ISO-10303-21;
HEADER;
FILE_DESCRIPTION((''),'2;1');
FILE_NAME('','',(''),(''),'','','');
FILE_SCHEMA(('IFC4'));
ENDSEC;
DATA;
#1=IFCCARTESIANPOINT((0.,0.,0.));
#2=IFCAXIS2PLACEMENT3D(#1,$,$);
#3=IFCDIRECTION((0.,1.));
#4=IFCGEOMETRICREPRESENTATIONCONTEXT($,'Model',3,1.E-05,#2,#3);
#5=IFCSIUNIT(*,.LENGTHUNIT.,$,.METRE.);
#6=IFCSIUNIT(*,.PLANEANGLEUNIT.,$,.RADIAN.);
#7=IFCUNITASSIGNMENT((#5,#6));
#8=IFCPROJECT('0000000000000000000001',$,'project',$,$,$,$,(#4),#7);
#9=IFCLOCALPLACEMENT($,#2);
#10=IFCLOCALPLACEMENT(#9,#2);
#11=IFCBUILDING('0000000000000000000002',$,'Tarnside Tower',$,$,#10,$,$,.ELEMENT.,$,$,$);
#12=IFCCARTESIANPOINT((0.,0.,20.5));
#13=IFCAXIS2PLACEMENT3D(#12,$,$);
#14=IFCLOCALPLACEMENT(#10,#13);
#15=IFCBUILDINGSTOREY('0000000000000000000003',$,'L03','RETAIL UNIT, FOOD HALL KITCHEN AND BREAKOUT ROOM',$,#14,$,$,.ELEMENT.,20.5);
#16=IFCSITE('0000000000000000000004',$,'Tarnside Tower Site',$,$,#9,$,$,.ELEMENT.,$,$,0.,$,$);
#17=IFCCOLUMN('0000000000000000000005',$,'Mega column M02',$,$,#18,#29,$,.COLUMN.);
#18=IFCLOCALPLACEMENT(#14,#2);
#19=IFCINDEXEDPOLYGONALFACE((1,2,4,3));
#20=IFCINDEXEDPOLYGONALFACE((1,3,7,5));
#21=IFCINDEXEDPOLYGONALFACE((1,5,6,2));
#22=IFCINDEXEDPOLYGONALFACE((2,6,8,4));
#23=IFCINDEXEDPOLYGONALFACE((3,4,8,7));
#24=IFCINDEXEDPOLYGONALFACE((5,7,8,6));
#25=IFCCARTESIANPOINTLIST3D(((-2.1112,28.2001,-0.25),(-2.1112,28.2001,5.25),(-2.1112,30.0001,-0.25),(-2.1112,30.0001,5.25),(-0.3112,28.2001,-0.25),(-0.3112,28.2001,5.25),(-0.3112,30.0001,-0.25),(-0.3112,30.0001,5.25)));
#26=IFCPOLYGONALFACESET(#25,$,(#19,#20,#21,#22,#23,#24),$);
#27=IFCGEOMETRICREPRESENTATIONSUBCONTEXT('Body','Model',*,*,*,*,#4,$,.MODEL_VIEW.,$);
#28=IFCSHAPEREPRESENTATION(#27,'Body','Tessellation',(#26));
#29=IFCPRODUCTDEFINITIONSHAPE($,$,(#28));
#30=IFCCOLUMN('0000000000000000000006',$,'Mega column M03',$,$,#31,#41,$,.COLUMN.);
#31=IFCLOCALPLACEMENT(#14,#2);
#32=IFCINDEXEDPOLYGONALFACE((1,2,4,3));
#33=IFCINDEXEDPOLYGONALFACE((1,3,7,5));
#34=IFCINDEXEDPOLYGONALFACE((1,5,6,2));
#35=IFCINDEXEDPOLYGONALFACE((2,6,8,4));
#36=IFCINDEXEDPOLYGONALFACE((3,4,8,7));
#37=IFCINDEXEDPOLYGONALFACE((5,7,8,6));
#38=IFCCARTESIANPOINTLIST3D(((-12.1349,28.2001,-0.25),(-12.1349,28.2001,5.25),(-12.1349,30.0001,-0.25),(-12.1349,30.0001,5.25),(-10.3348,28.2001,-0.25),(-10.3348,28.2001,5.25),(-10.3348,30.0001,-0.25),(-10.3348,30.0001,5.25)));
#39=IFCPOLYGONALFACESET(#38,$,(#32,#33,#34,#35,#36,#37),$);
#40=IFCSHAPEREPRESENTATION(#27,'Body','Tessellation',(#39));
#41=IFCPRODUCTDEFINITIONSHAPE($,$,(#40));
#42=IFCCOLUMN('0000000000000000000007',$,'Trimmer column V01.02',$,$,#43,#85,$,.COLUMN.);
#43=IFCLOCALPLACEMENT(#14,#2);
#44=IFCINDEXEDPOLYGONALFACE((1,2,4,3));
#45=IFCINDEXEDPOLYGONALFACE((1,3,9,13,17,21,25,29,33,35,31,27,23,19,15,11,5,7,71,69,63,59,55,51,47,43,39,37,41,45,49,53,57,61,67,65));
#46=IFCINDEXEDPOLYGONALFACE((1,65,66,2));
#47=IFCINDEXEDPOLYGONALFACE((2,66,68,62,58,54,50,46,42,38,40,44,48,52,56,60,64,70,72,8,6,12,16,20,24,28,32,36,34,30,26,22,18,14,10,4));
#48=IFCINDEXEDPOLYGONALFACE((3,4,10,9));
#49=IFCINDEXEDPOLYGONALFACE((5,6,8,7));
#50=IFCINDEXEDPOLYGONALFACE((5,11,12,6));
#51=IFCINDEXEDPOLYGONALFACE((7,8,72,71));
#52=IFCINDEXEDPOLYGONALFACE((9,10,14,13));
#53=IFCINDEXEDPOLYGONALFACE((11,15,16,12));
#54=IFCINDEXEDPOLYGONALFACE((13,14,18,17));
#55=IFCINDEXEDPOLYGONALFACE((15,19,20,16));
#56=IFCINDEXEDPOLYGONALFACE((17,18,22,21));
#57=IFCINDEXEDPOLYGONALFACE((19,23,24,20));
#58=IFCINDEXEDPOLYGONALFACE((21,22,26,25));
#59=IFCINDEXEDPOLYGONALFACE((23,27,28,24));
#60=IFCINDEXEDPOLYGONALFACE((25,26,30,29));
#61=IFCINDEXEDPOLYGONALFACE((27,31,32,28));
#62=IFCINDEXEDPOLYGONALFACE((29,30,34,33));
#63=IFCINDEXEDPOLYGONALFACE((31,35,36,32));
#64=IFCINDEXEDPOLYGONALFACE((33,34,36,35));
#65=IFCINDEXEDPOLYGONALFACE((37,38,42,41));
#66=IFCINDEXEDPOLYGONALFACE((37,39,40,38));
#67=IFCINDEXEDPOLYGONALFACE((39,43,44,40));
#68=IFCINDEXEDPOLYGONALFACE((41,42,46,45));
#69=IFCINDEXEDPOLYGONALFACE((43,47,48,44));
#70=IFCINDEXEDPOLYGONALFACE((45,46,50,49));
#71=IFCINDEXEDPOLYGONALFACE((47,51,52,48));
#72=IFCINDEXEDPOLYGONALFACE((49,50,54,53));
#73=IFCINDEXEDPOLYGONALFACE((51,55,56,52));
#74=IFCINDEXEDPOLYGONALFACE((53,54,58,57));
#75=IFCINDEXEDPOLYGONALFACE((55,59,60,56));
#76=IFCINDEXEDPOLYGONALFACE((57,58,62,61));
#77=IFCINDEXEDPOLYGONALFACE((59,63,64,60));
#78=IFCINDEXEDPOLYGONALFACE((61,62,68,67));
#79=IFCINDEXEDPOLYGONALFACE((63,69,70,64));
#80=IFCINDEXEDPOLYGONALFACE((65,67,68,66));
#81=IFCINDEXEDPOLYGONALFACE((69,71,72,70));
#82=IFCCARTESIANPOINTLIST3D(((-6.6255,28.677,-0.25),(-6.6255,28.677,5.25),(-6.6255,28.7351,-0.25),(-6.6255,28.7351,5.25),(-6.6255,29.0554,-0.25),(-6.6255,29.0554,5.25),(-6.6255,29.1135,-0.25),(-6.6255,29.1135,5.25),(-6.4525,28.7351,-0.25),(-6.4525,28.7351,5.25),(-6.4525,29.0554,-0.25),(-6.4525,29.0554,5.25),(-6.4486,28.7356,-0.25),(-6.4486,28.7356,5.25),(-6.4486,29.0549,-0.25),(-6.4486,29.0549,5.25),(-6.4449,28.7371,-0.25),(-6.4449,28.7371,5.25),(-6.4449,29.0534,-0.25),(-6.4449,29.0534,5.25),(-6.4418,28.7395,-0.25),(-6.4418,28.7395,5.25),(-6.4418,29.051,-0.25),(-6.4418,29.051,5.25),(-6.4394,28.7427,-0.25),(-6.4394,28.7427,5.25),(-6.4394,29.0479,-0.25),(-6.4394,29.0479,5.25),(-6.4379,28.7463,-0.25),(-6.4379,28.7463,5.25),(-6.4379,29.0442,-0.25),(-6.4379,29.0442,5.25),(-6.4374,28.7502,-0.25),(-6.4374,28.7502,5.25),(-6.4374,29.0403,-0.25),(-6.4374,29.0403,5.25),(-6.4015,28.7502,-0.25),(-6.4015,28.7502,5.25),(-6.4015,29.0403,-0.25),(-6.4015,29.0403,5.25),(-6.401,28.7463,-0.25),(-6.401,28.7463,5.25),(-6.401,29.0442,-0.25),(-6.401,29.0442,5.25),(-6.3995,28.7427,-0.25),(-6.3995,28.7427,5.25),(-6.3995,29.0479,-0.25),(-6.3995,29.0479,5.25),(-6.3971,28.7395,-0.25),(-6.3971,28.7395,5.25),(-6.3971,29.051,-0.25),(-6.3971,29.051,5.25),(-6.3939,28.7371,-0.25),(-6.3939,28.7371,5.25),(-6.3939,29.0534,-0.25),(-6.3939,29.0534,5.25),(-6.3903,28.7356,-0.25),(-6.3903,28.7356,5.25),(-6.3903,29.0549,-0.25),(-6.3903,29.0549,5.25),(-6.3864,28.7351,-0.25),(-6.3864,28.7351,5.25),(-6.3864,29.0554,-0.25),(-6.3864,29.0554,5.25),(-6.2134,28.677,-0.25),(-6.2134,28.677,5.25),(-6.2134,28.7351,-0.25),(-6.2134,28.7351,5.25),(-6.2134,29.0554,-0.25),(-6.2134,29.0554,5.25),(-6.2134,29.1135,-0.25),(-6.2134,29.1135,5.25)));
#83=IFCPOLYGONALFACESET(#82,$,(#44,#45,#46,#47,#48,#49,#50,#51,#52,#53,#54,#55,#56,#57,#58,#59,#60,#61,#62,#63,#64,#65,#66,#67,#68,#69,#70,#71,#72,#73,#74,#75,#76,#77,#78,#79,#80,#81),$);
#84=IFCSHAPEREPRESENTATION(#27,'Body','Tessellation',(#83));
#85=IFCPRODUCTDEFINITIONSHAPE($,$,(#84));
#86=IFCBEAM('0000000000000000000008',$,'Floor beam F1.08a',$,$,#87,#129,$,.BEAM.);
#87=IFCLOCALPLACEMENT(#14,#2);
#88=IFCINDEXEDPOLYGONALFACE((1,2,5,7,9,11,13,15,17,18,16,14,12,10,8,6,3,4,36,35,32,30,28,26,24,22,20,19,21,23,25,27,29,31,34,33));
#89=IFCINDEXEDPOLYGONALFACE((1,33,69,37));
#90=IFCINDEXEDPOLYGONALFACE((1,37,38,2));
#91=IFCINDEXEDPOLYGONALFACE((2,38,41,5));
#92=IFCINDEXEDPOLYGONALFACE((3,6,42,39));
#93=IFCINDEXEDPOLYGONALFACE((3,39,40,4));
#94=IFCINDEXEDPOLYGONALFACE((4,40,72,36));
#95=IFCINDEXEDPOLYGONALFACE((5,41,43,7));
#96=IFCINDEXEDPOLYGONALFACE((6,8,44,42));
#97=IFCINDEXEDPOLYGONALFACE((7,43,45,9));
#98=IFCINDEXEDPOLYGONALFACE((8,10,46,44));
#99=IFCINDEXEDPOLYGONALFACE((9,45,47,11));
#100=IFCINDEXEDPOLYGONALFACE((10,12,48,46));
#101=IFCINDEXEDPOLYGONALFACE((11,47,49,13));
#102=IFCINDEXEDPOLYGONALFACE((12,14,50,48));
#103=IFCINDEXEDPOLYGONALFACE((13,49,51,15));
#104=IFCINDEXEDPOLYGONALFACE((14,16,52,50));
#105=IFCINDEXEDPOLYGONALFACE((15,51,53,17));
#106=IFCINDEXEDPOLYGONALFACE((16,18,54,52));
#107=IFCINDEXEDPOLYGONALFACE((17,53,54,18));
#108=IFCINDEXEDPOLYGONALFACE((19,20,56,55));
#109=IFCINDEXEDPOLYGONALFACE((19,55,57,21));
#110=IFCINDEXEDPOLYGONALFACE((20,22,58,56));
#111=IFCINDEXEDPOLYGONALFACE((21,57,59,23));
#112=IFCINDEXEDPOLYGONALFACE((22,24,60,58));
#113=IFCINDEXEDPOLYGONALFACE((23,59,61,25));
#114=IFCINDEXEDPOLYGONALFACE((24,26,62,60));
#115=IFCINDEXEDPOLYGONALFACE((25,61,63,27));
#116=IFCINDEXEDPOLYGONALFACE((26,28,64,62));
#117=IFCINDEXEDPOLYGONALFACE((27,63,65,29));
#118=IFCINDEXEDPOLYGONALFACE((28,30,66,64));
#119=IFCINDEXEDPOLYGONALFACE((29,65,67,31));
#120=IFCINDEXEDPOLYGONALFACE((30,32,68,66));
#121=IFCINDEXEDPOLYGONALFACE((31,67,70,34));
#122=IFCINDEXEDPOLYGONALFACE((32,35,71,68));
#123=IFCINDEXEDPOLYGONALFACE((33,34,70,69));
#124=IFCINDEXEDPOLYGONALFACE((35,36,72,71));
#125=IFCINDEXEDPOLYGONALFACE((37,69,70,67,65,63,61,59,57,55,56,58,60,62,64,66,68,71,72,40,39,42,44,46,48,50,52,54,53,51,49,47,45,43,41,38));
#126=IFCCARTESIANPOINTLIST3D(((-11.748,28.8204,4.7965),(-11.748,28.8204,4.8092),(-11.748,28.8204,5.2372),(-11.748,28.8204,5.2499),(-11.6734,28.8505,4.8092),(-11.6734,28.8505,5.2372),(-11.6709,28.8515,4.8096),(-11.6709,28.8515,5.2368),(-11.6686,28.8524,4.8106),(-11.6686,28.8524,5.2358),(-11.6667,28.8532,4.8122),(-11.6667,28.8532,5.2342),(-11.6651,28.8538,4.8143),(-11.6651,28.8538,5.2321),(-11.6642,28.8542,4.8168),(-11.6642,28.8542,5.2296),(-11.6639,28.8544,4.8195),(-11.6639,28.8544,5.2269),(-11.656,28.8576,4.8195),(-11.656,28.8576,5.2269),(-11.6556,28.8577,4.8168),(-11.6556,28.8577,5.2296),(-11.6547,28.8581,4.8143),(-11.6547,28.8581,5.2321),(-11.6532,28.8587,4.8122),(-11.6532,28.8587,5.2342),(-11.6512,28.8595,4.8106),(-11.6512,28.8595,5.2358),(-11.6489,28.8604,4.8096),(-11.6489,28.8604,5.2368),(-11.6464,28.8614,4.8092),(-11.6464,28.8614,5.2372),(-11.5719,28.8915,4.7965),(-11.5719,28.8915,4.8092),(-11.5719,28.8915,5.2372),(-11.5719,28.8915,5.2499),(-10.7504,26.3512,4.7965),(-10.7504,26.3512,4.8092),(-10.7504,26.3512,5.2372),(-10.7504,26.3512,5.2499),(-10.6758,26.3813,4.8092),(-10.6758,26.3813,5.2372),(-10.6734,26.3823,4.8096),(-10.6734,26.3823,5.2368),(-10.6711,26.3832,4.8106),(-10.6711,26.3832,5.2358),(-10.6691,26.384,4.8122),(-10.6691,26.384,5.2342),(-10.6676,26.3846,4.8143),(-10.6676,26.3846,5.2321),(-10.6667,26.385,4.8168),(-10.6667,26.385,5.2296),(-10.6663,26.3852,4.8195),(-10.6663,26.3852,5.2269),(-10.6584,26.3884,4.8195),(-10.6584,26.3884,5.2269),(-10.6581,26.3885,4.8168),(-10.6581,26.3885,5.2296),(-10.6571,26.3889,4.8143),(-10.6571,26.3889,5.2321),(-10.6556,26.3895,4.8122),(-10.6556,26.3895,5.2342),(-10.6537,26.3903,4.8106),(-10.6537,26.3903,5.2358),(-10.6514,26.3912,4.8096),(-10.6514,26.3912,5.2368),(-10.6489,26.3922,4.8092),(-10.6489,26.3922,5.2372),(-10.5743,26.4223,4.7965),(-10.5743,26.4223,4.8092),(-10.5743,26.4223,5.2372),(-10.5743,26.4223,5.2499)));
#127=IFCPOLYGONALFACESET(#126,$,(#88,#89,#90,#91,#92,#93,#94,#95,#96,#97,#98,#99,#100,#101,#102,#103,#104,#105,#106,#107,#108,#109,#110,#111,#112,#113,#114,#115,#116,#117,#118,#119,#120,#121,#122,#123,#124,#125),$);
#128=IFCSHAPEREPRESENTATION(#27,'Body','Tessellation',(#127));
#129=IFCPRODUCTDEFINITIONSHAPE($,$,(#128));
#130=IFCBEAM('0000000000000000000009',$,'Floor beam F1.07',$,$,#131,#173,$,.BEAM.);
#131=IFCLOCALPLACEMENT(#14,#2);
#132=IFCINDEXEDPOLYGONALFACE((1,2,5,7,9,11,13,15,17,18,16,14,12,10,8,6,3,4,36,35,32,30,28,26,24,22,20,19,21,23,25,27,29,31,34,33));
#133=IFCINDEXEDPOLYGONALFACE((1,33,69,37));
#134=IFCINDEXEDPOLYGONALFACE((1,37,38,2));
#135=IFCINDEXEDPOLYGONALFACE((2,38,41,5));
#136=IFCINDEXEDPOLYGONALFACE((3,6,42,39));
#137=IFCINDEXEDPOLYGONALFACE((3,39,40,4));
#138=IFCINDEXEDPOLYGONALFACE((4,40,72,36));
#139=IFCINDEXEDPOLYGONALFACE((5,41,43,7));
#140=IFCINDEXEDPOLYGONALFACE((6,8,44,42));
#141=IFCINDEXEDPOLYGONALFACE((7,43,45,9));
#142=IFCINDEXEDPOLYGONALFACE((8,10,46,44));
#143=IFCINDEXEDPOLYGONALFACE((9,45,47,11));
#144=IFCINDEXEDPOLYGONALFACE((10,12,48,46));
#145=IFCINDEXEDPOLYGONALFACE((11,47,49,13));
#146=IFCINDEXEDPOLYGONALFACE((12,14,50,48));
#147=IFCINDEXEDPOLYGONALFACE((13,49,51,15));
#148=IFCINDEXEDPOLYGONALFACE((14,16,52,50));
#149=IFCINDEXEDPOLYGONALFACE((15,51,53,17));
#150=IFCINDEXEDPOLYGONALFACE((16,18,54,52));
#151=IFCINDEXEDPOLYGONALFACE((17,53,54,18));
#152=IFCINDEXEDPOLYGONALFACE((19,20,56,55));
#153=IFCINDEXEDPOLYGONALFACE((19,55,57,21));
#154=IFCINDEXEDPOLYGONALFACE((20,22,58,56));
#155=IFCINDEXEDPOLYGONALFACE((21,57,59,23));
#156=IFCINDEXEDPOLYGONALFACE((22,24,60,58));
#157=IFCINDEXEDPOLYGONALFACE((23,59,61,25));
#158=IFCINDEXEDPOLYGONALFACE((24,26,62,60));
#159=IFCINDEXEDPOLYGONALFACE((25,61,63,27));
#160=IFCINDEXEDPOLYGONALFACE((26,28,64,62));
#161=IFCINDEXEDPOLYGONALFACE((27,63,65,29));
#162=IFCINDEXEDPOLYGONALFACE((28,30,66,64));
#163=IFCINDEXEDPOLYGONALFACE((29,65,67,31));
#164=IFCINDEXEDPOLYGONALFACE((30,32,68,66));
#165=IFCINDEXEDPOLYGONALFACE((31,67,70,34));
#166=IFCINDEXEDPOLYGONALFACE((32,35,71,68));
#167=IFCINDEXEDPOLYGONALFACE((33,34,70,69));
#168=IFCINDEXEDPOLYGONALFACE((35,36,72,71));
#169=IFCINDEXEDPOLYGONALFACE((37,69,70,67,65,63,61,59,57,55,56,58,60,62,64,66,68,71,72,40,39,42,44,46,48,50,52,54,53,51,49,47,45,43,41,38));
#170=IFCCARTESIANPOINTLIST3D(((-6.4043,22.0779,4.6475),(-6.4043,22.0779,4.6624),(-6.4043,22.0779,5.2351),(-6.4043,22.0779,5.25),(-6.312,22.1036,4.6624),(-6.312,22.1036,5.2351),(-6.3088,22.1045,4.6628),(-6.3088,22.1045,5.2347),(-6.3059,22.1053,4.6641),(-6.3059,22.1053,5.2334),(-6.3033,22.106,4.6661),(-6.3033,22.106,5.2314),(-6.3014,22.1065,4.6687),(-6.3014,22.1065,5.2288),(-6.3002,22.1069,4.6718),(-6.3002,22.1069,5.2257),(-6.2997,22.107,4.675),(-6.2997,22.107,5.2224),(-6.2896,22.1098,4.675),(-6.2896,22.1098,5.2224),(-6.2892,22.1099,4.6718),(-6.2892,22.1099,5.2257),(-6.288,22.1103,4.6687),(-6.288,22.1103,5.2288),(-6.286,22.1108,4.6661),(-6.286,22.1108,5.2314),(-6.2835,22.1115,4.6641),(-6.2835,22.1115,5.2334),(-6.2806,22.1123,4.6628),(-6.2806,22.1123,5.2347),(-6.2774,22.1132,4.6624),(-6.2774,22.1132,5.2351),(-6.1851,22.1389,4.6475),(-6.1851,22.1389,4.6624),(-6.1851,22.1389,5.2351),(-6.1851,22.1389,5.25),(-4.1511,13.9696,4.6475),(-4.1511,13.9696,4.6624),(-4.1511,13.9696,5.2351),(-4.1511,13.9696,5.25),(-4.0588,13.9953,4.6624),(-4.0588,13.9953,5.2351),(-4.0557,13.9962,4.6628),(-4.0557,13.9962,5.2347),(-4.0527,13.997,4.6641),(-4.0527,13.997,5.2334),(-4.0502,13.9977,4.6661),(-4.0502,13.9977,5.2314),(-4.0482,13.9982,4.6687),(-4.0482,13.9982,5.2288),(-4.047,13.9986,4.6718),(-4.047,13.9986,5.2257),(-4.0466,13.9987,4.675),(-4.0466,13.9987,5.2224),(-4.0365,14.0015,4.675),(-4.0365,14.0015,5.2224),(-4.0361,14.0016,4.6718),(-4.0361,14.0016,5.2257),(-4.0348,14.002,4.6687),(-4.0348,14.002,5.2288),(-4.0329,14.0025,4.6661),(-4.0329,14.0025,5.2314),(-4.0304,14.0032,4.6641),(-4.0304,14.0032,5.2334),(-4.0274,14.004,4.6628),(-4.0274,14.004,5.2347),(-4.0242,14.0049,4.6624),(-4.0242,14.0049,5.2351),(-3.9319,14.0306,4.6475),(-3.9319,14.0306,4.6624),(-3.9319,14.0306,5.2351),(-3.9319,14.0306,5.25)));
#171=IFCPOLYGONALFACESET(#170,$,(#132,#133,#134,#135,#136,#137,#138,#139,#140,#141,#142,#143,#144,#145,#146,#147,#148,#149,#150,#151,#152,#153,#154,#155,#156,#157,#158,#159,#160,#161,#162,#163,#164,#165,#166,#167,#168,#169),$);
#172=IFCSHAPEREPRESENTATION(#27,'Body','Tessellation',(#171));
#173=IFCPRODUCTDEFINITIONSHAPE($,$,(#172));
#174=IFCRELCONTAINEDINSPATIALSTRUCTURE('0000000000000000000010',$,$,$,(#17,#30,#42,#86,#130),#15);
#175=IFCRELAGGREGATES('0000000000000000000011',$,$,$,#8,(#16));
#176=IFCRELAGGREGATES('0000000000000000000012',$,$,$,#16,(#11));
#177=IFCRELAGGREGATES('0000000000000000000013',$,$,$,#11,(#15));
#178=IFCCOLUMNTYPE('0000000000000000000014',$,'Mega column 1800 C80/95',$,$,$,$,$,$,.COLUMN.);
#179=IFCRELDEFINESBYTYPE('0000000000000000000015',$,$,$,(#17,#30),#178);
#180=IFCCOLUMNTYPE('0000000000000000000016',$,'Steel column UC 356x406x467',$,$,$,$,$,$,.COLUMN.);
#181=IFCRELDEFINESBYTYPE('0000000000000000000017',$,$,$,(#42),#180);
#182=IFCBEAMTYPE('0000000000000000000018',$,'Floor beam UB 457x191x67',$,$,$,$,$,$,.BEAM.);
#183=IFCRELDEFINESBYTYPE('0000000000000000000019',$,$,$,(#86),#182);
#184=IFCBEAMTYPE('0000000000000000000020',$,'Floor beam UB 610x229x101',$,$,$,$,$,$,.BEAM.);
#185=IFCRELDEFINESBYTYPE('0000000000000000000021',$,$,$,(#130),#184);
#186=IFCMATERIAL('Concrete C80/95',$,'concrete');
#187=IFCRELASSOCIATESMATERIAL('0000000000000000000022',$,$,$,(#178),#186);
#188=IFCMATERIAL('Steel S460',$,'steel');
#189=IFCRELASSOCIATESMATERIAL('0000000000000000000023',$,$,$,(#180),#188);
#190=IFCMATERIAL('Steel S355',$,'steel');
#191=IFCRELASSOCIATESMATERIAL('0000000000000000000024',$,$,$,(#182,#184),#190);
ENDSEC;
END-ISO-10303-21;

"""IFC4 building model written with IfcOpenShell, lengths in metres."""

from ifc_helpers import new_model, si_unit, direction, frame, origin, origin_2d, place, context, subcontext, project, spatial, rectangle, i_section, extrude, material, material_profile, profile_set, type_object, element, save


model = new_model("IFC4")

# Units and contexts
model_context = context("Model", 3, precision=1e-05, world=origin(), true_north=direction((0.0, 1.0)))
body_context = subcontext(model_context, "Body", "Model", "MODEL_VIEW")
ifc_project = project(units=[si_unit("LENGTHUNIT", "METRE"), si_unit("PLANEANGLEUNIT", "RADIAN")], contexts=[model_context])

# Site, building, storey
site_placement = place(None, origin())
site = spatial("IfcSite", under=ifc_project, at=site_placement, Name="Tarnside Tower Site", CompositionType="ELEMENT", RefElevation=0.0)
building_placement = place(site_placement, origin())
building = spatial("IfcBuilding", under=site, at=building_placement, Name="Tarnside Tower", CompositionType="ELEMENT")
storey_placement = place(building_placement, frame((0.0, 0.0, 20.5)))
storey = spatial("IfcBuildingStorey", under=building, at=storey_placement, Name="L03", Description="RETAIL UNIT, FOOD HALL KITCHEN AND BREAKOUT ROOM", CompositionType="ELEMENT", Elevation=20.5)

# Columns
ifc_material_1 = material(Name="Concrete C80/95", Category="concrete")
ifc_material_profile_1 = material_profile(ifc_material_1, rectangle(XDim=1.8, YDim=1.8, at=origin_2d()), Name="Mega column 1800x1800")
ifc_profile_set_1 = profile_set([ifc_material_profile_1], Name="Concrete C80/95")
column_type_1 = type_object("IfcColumnType", Name="Mega column 1800 C80/95", PredefinedType="COLUMN", material=ifc_profile_set_1)
for number, where, z_axis, x_axis, name in (
    (1, (-1.2112, 29.1001, -0.25), (0.0, 0.0, 1.0), (1.0, 0.0, 0.0), "Mega column M02"),
    (2, (-11.2349, 29.1001, -0.25), (0.0, 0.0, 1.0), (1.0, 0.0, 0.0), "Mega column M03"),
):
    element("IfcColumn", number, at=place(storey_placement, frame(where, z_axis=z_axis, x_axis=x_axis)), inside=storey, type_object=column_type_1, Name=name, PredefinedType="COLUMN", context=body_context, shape_type="SweptSolid", body=[
        extrude(rectangle(XDim=1.8, YDim=1.8, at=origin_2d()), origin(), (0.0, 0.0, 1.0), 5.5),
    ])
ifc_material_2 = material(Name="Steel S460", Category="steel")
ifc_material_profile_2 = material_profile(ifc_material_2, i_section(OverallWidth=0.4121, OverallDepth=0.4365, WebThickness=0.0359, FlangeThickness=0.0581, FilletRadius=0.0151, at=origin_2d()), Name="UC 356x406x467")
ifc_profile_set_2 = profile_set([ifc_material_profile_2], Name="Steel S460")
column_type_2 = type_object("IfcColumnType", Name="Steel column UC 356x406x467", PredefinedType="COLUMN", material=ifc_profile_set_2)
column_placement = place(storey_placement, frame((-6.4194, 28.8953, -0.25), z_axis=(0.0, 0.0, 1.0), x_axis=(1.0, 0.0, 0.0)))
element("IfcColumn", 3, at=column_placement, inside=storey, type_object=column_type_2, Name="Trimmer column V01.02", PredefinedType="COLUMN", context=body_context, shape_type="SweptSolid", body=[
    extrude(i_section(OverallWidth=0.4121, OverallDepth=0.4365, WebThickness=0.0359, FlangeThickness=0.0581, FilletRadius=0.0151, at=origin_2d()), origin(), (0.0, 0.0, 1.0), 5.5),
])

# Beams
ifc_material_3 = material(Name="Steel S355", Category="steel")
ifc_material_profile_3 = material_profile(ifc_material_3, i_section(OverallWidth=0.1899, OverallDepth=0.4534, WebThickness=0.0085, FlangeThickness=0.0127, FilletRadius=0.0103, at=origin_2d()), Name="UB 457x191x67")
ifc_profile_set_3 = profile_set([ifc_material_profile_3], Name="Steel S355")
beam_type_1 = type_object("IfcBeamType", Name="Floor beam UB 457x191x67", PredefinedType="BEAM", material=ifc_profile_set_3)
beam_1_placement = place(storey_placement, frame((-11.6599, 28.856, 5.0232), z_axis=(0.374581, -0.927194, 0.0), x_axis=(0.927194, 0.374581, 0.0)))
element("IfcBeam", 4, at=beam_1_placement, inside=storey, type_object=beam_type_1, Name="Floor beam F1.08a", PredefinedType="BEAM", context=body_context, shape_type="SweptSolid", body=[
    extrude(i_section(OverallWidth=0.1899, OverallDepth=0.4534, WebThickness=0.0085, FlangeThickness=0.0127, FilletRadius=0.0103, at=origin_2d()), origin(), (0.0, 0.0, 1.0), 2.6631),
])
ifc_material_profile_4 = material_profile(ifc_material_3, i_section(OverallWidth=0.2275, OverallDepth=0.6025, WebThickness=0.0105, FlangeThickness=0.0149, FilletRadius=0.0127, at=origin_2d()), Name="UB 610x229x101")
ifc_profile_set_4 = profile_set([ifc_material_profile_4], Name="Steel S355")
beam_type_2 = type_object("IfcBeamType", Name="Floor beam UB 610x229x101", PredefinedType="BEAM", material=ifc_profile_set_4)
beam_2_placement = place(storey_placement, frame((-6.2947, 22.1084, 4.9487), z_axis=(0.267737, -0.963492, 0.0), x_axis=(0.963492, 0.267737, 0.0)))
element("IfcBeam", 5, at=beam_2_placement, inside=storey, type_object=beam_type_2, Name="Floor beam F1.07", PredefinedType="BEAM", context=body_context, shape_type="SweptSolid", body=[
    extrude(i_section(OverallWidth=0.2275, OverallDepth=0.6025, WebThickness=0.0105, FlangeThickness=0.0149, FilletRadius=0.0127, at=origin_2d()), origin(), (0.0, 0.0, 1.0), 8.4155),
])

save(model, "model.ifc")
